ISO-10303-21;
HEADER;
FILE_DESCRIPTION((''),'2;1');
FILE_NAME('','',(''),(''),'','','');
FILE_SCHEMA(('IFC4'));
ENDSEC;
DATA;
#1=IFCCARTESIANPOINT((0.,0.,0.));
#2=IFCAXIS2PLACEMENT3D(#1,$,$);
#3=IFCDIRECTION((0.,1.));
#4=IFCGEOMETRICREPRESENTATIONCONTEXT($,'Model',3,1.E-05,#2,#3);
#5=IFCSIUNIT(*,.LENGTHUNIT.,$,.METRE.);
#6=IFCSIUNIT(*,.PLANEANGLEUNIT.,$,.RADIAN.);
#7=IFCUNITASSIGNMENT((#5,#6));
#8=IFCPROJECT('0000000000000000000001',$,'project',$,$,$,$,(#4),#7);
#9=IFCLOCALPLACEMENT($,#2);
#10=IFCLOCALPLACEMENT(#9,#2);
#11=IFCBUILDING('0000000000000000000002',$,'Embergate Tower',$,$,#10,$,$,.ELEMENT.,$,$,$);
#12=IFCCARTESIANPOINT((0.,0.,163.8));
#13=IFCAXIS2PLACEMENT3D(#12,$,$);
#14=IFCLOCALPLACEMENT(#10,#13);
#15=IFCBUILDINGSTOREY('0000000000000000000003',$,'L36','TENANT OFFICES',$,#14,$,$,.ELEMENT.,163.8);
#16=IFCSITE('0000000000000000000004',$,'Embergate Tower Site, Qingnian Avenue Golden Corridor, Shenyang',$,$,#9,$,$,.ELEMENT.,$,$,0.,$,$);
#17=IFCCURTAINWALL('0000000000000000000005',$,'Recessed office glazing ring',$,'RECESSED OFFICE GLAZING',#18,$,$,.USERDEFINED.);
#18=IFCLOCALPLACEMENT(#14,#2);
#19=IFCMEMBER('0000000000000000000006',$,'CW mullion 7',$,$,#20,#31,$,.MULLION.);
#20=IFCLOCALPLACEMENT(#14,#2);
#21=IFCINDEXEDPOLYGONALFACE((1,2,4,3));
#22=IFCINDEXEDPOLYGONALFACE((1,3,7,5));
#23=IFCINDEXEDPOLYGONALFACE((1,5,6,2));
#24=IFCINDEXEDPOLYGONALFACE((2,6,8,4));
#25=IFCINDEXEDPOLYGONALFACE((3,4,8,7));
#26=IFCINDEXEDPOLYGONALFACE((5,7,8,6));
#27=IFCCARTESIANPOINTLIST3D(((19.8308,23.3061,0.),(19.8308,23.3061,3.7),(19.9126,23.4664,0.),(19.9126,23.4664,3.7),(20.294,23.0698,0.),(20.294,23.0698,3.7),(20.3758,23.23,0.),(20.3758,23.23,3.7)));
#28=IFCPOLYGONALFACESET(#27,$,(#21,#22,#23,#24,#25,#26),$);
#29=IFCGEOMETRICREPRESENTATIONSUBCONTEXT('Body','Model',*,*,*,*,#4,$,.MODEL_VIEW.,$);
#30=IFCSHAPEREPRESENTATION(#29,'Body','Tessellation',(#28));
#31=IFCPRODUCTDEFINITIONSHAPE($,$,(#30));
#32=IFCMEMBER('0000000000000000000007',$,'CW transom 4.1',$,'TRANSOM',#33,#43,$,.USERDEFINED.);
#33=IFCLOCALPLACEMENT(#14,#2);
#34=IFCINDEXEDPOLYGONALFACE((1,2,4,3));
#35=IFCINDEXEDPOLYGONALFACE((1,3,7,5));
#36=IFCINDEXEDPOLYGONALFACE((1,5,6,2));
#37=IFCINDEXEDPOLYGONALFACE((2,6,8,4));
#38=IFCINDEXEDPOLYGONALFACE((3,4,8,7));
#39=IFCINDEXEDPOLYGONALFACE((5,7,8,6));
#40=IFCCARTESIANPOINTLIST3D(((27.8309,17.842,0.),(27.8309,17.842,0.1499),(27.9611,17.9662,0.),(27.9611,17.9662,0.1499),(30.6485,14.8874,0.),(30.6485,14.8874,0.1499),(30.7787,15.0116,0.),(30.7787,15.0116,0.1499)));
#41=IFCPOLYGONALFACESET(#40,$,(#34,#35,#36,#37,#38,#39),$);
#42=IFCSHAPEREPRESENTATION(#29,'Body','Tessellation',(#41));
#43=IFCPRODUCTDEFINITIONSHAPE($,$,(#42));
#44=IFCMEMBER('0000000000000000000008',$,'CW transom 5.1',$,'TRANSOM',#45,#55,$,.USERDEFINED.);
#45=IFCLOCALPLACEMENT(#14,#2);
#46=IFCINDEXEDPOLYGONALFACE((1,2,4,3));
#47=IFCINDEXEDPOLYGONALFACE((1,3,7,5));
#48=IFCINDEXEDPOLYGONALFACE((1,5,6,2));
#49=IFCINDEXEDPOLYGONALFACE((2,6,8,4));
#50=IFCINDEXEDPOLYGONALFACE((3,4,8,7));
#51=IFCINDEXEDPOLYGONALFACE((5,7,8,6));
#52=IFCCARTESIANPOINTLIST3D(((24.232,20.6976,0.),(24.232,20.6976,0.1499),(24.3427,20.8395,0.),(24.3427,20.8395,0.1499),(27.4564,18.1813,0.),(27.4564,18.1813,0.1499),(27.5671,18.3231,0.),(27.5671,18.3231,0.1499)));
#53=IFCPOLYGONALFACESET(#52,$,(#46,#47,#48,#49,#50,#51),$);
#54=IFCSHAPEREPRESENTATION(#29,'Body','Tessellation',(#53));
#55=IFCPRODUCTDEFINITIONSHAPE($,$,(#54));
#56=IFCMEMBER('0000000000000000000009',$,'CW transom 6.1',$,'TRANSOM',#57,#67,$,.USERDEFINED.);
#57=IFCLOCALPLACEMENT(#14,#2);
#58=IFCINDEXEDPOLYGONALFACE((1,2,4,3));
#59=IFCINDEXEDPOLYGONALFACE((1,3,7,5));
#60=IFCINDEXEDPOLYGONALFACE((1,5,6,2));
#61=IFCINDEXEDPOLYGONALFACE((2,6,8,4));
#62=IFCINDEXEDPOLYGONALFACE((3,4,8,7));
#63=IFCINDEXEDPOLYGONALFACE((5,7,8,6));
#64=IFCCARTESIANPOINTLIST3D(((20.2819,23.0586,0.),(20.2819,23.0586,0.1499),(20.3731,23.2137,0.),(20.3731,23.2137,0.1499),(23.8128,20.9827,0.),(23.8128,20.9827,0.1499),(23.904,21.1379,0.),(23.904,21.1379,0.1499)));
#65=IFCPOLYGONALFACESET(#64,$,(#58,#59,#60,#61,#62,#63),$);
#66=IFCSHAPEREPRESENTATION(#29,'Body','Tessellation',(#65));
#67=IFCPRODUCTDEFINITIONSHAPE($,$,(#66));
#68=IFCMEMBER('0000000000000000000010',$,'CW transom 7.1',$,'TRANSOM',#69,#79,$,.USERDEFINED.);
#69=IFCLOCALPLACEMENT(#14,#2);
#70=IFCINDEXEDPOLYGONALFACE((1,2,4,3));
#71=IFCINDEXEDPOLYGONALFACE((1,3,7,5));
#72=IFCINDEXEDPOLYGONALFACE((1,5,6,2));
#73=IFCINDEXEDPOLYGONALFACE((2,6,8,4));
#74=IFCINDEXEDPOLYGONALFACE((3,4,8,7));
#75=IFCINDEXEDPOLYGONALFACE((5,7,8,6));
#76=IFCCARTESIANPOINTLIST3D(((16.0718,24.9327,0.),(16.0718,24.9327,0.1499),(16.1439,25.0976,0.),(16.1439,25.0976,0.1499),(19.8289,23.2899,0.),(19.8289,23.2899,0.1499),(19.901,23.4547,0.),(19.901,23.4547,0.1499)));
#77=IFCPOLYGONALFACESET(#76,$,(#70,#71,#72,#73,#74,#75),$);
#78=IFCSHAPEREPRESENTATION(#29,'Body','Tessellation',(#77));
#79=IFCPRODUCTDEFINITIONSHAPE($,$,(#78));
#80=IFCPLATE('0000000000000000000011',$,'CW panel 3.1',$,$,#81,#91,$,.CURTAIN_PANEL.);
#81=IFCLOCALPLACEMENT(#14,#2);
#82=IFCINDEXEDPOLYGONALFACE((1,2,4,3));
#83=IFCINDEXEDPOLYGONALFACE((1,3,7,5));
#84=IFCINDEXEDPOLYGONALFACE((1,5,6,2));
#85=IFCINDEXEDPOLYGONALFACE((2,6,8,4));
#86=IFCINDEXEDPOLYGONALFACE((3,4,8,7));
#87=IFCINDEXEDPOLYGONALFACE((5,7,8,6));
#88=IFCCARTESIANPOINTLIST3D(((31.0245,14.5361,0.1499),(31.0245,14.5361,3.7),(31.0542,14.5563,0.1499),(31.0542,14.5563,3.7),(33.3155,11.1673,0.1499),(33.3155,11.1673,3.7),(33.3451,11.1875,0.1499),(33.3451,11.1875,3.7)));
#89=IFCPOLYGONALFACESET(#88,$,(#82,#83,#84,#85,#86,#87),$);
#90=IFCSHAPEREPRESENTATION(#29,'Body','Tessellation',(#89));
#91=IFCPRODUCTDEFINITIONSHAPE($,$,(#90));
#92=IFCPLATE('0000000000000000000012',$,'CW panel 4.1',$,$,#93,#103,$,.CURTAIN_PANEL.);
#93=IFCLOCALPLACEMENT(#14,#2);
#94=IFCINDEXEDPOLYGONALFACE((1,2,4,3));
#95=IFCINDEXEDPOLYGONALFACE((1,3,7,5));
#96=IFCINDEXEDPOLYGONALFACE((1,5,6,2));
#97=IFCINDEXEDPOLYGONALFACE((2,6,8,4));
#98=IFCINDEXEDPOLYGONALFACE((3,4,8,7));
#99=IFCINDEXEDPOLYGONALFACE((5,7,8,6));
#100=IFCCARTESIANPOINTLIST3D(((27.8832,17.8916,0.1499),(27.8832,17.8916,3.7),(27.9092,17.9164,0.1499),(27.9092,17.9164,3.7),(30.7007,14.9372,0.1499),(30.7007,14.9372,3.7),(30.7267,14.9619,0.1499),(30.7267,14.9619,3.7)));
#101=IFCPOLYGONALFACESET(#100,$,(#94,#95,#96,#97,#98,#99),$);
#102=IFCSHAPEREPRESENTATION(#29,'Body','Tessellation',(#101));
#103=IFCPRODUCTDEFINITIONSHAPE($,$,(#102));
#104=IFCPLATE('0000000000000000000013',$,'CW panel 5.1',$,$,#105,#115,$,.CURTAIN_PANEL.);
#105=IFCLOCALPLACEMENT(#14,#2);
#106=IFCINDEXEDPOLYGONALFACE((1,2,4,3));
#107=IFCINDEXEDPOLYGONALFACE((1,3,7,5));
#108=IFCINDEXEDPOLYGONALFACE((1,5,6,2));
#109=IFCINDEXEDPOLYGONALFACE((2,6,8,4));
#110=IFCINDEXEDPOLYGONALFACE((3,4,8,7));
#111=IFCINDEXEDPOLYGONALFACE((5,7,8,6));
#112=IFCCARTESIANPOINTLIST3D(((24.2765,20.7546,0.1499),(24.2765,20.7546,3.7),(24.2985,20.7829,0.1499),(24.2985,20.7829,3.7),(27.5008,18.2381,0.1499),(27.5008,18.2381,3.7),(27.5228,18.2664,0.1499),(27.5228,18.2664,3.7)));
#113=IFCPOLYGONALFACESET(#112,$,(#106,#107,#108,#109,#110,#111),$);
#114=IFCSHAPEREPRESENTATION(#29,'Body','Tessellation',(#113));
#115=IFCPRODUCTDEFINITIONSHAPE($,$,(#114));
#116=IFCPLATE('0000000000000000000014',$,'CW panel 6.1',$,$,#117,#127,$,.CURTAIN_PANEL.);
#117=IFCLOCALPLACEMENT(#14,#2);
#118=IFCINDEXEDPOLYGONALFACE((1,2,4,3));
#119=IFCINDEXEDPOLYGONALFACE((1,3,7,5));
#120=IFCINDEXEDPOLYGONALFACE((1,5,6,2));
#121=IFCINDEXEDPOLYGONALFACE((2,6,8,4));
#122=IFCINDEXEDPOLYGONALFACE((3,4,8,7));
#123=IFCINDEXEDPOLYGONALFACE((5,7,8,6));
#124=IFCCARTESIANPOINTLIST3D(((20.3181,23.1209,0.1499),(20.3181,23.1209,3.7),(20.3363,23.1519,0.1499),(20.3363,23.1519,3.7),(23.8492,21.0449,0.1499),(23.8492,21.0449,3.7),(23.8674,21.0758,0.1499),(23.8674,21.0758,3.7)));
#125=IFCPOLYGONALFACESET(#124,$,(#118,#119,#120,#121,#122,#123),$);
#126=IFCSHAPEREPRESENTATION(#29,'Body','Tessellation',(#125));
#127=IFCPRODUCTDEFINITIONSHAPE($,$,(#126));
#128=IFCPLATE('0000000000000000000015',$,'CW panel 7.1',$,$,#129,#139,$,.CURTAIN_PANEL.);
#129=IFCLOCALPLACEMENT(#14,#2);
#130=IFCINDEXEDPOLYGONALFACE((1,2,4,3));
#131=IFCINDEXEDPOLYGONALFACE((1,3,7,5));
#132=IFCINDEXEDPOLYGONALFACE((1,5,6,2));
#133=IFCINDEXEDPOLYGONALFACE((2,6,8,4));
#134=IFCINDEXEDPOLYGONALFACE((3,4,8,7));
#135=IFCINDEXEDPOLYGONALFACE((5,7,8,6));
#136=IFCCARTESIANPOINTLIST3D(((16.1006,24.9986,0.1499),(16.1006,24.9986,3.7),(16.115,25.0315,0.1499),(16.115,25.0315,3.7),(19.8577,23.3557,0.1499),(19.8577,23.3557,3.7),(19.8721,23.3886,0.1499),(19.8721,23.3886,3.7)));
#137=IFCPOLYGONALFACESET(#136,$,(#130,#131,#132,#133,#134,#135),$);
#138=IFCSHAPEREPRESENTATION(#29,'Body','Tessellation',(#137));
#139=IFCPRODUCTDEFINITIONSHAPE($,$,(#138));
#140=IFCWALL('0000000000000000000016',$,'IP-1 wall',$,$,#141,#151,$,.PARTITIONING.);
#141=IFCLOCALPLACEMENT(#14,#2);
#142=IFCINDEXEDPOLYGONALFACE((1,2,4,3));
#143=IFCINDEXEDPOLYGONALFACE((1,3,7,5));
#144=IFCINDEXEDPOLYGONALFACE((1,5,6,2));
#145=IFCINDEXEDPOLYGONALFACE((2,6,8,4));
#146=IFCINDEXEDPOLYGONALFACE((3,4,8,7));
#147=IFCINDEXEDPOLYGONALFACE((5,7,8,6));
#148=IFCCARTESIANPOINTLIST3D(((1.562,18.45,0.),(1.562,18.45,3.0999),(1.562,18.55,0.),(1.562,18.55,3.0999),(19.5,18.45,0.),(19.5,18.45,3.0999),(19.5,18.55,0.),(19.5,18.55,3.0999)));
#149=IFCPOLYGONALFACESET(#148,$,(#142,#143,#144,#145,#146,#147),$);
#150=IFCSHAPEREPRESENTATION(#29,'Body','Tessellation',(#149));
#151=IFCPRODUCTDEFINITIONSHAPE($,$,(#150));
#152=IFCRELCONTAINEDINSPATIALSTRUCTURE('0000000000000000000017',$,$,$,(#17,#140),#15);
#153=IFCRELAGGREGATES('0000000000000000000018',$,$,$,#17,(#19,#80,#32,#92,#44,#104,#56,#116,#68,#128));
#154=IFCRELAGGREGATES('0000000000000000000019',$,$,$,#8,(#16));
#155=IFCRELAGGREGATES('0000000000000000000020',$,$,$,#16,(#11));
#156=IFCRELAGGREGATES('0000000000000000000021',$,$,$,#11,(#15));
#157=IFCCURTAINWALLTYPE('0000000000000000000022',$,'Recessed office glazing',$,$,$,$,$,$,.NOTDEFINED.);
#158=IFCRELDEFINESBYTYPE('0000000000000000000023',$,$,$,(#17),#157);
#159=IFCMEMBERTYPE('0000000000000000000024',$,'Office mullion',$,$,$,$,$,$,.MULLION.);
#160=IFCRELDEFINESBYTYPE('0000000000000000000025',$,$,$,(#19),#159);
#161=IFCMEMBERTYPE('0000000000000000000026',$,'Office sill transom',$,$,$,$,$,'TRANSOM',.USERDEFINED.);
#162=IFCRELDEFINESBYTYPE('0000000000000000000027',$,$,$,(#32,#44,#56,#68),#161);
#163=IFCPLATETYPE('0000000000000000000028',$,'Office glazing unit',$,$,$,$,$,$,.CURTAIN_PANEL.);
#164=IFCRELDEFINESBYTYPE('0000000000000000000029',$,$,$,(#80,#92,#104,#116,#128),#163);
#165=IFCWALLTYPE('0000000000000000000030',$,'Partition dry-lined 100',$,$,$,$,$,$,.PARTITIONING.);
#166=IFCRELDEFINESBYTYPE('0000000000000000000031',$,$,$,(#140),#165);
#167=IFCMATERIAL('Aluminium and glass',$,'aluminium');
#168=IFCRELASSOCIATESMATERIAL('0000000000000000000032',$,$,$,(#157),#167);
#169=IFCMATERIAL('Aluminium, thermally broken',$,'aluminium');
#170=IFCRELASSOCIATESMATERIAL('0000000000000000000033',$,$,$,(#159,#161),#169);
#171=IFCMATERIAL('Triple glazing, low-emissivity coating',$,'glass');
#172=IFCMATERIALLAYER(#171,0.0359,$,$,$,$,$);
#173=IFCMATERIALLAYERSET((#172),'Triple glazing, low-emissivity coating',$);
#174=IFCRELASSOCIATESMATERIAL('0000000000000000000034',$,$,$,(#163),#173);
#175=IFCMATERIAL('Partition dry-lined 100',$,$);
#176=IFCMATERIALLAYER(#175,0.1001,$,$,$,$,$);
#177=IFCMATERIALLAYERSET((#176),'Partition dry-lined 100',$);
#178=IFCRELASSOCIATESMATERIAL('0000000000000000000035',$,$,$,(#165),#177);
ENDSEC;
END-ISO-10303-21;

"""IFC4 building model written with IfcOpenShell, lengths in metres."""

from ifc_helpers import new_model, si_unit, direction, frame, frame_2d, origin, origin_2d, place, context, subcontext, project, spatial, rectangle, extrude, source, transform, mapped, material, layer, layer_set, material_profile, profile_set, type_object, element, aggregate, save


model = new_model("IFC4")

# Units and contexts
model_context = context("Model", 3, precision=1e-05, world=origin(), true_north=direction((0.0, 1.0)))
body_context = subcontext(model_context, "Body", "Model", "MODEL_VIEW")
ifc_project = project(units=[si_unit("LENGTHUNIT", "METRE"), si_unit("PLANEANGLEUNIT", "RADIAN")], contexts=[model_context])

# Site, building, storey
site_placement = place(None, origin())
site = spatial("IfcSite", under=ifc_project, at=site_placement, Name="Embergate Tower Site, Qingnian Avenue Golden Corridor, Shenyang", CompositionType="ELEMENT", RefElevation=0.0)
building_placement = place(site_placement, origin())
building = spatial("IfcBuilding", under=site, at=building_placement, Name="Embergate Tower", CompositionType="ELEMENT")
storey_placement = place(building_placement, frame((0.0, 0.0, 163.8)))
storey = spatial("IfcBuildingStorey", under=building, at=storey_placement, Name="L36", Description="TENANT OFFICES", CompositionType="ELEMENT", Elevation=163.8)

# Curtain wall, members, plates
ifc_material_1 = material(Name="Aluminium and glass", Category="aluminium")
curtain_wall_type = type_object("IfcCurtainWallType", Name="Recessed office glazing", PredefinedType="NOTDEFINED", material=ifc_material_1)
curtain_wall_placement = place(storey_placement, origin())
curtain_wall = element("IfcCurtainWall", 1, at=curtain_wall_placement, inside=storey, type_object=curtain_wall_type, Name="Recessed office glazing ring", ObjectType="RECESSED OFFICE GLAZING", PredefinedType="USERDEFINED")
ifc_material_2 = material(Name="Aluminium, thermally broken", Category="aluminium")
ifc_material_profile_1 = material_profile(ifc_material_2, rectangle(XDim=0.1799, YDim=0.52, at=origin_2d()), Name="AL 520x180")
ifc_profile_set_1 = profile_set([ifc_material_profile_1], Name="Aluminium, thermally broken")
member_type_1 = type_object("IfcMemberType", Name="Office mullion", PredefinedType="MULLION", material=ifc_profile_set_1)
shared_shape_1 = source(origin(), body_context, "Body", "SweptSolid", [
    extrude(rectangle(XDim=0.1799, YDim=0.52, at=origin_2d()), origin(), (0.0, 0.0, 1.0), 3.7),
])
member_1_placement = place(storey_placement, frame((20.1033, 23.2681, 0.0), z_axis=(0.0, 0.0, 1.0), x_axis=(-0.45451, -0.890742, 0.0)))
member_1 = element("IfcMember", 2, at=member_1_placement, type_object=member_type_1, Name="CW mullion 7", PredefinedType="MULLION", context=body_context, shape_type="MappedRepresentation", body=[
    mapped(shared_shape_1, transform((0.0, 0.0, 0.0))),
])
ifc_material_profile_2 = material_profile(ifc_material_2, rectangle(XDim=0.1799, YDim=0.1499, at=origin_2d()), Name="AL 150x180")
ifc_profile_set_2 = profile_set([ifc_material_profile_2], Name="Aluminium, thermally broken")
member_type_2 = type_object("IfcMemberType", Name="Office sill transom", ElementType="TRANSOM", PredefinedType="USERDEFINED", material=ifc_profile_set_2)
shared_shape_2 = source(origin(), body_context, "Body", "SweptSolid", [
    extrude(rectangle(XDim=0.1799, YDim=0.1499, at=origin_2d()), origin(), (0.0, 0.0, 1.0), 4.0828),
])
member_2_placement = place(storey_placement, frame((30.7136, 14.9495, 0.075), z_axis=(-0.690134, 0.723681, 0.0), x_axis=(-0.723681, -0.690134, 0.0)))
member_2 = element("IfcMember", 3, at=member_2_placement, type_object=member_type_2, Name="CW transom 4.1", ObjectType="TRANSOM", PredefinedType="USERDEFINED", context=body_context, shape_type="MappedRepresentation", body=[
    mapped(shared_shape_2, transform((0.0, 0.0, 0.0))),
])
shared_shape_3 = source(origin(), body_context, "Body", "SweptSolid", [
    extrude(rectangle(XDim=0.1799, YDim=0.1499, at=origin_2d()), origin(), (0.0, 0.0, 1.0), 4.0901),
])
member_3_placement = place(storey_placement, frame((27.5117, 18.2522, 0.075), z_axis=(-0.788342, 0.615237, 0.0), x_axis=(-0.615237, -0.788342, 0.0)))
member_3 = element("IfcMember", 4, at=member_3_placement, type_object=member_type_2, Name="CW transom 5.1", ObjectType="TRANSOM", PredefinedType="USERDEFINED", context=body_context, shape_type="MappedRepresentation", body=[
    mapped(shared_shape_3, transform((0.0, 0.0, 0.0))),
])
shared_shape_4 = source(origin(), body_context, "Body", "SweptSolid", [
    extrude(rectangle(XDim=0.1799, YDim=0.1499, at=origin_2d()), origin(), (0.0, 0.0, 1.0), 4.0959),
])
member_4_placement = place(storey_placement, frame((23.8584, 21.0603, 0.075), z_axis=(-0.862055, 0.506814, 0.0), x_axis=(-0.506814, -0.862055, 0.0)))
member_4 = element("IfcMember", 5, at=member_4_placement, type_object=member_type_2, Name="CW transom 6.1", ObjectType="TRANSOM", PredefinedType="USERDEFINED", context=body_context, shape_type="MappedRepresentation", body=[
    mapped(shared_shape_4, transform((0.0, 0.0, 0.0))),
])
shared_shape_5 = source(origin(), body_context, "Body", "SweptSolid", [
    extrude(rectangle(XDim=0.1799, YDim=0.1499, at=origin_2d()), origin(), (0.0, 0.0, 1.0), 4.1006),
])
member_5_placement = place(storey_placement, frame((19.865, 23.3723, 0.075), z_axis=(-0.916238, 0.400635, 0.0), x_axis=(-0.400635, -0.916238, 0.0)))
member_5 = element("IfcMember", 6, at=member_5_placement, type_object=member_type_2, Name="CW transom 7.1", ObjectType="TRANSOM", PredefinedType="USERDEFINED", context=body_context, shape_type="MappedRepresentation", body=[
    mapped(shared_shape_5, transform((0.0, 0.0, 0.0))),
])
ifc_material_3 = material(Name="Triple glazing, low-emissivity coating", Category="glass")
ifc_layer_1 = layer(ifc_material_3, 0.0359)
ifc_layer_set_1 = layer_set([ifc_layer_1], Name="Triple glazing, low-emissivity coating")
plate_type = type_object("IfcPlateType", Name="Office glazing unit", PredefinedType="CURTAIN_PANEL", material=ifc_layer_set_1)
shared_shape_6 = source(origin(), body_context, "Body", "SweptSolid", [
    extrude(rectangle(XDim=4.074, YDim=0.0359, at=origin_2d()), origin(), (0.0, 0.0, 1.0), 3.55),
])
plate_1_placement = place(storey_placement, frame((32.1848, 12.8618, 0.1499), z_axis=(0.0, 0.0, 1.0), x_axis=(-0.562342, 0.826905, 0.0)))
plate_1 = element("IfcPlate", 7, at=plate_1_placement, type_object=plate_type, Name="CW panel 3.1", PredefinedType="CURTAIN_PANEL", context=body_context, shape_type="MappedRepresentation", body=[
    mapped(shared_shape_6, transform((0.0, 0.0, 0.0))),
])
shared_shape_7 = source(origin(), body_context, "Body", "SweptSolid", [
    extrude(rectangle(XDim=4.0825, YDim=0.0359, at=origin_2d()), origin(), (0.0, 0.0, 1.0), 3.55),
])
plate_2_placement = place(storey_placement, frame((29.3049, 16.4268, 0.1499), z_axis=(0.0, 0.0, 1.0), x_axis=(-0.690135, 0.723681, 0.0)))
plate_2 = element("IfcPlate", 8, at=plate_2_placement, type_object=plate_type, Name="CW panel 4.1", PredefinedType="CURTAIN_PANEL", context=body_context, shape_type="MappedRepresentation", body=[
    mapped(shared_shape_7, transform((0.0, 0.0, 0.0))),
])
shared_shape_8 = source(origin(), body_context, "Body", "SweptSolid", [
    extrude(rectangle(XDim=4.0901, YDim=0.0359, at=origin_2d()), origin(), (0.0, 0.0, 1.0), 3.55),
])
plate_3_placement = place(storey_placement, frame((25.8997, 19.5105, 0.1499), z_axis=(0.0, 0.0, 1.0), x_axis=(-0.78832, 0.615265, 0.0)))
plate_3 = element("IfcPlate", 9, at=plate_3_placement, type_object=plate_type, Name="CW panel 5.1", PredefinedType="CURTAIN_PANEL", context=body_context, shape_type="MappedRepresentation", body=[
    mapped(shared_shape_8, transform((0.0, 0.0, 0.0))),
])
shared_shape_9 = source(origin(), body_context, "Body", "SweptSolid", [
    extrude(rectangle(XDim=4.0962, YDim=0.0359, at=origin_2d()), origin(), (0.0, 0.0, 1.0), 3.55),
])
plate_4_placement = place(storey_placement, frame((22.0928, 22.0984, 0.1499), z_axis=(0.0, 0.0, 1.0), x_axis=(-0.862053, 0.506818, 0.0)))
plate_4 = element("IfcPlate", 10, at=plate_4_placement, type_object=plate_type, Name="CW panel 6.1", PredefinedType="CURTAIN_PANEL", context=body_context, shape_type="MappedRepresentation", body=[
    mapped(shared_shape_9, transform((0.0, 0.0, 0.0))),
])
shared_shape_10 = source(origin(), body_context, "Body", "SweptSolid", [
    extrude(rectangle(XDim=4.1006, YDim=0.0359, at=origin_2d()), origin(), (0.0, 0.0, 1.0), 3.55),
])
plate_5_placement = place(storey_placement, frame((17.9863, 24.1936, 0.1499), z_axis=(0.0, 0.0, 1.0), x_axis=(-0.916236, 0.400638, 0.0)))
plate_5 = element("IfcPlate", 11, at=plate_5_placement, type_object=plate_type, Name="CW panel 7.1", PredefinedType="CURTAIN_PANEL", context=body_context, shape_type="MappedRepresentation", body=[
    mapped(shared_shape_10, transform((0.0, 0.0, 0.0))),
])
aggregate(curtain_wall, [member_1, plate_1, member_2, plate_2, member_3, plate_3, member_4, plate_4, member_5, plate_5])

# Wall
ifc_material_4 = material(Name="Partition dry-lined 100")
ifc_layer_2 = layer(ifc_material_4, 0.1001)
ifc_layer_set_2 = layer_set([ifc_layer_2], Name="Partition dry-lined 100")
wall_type = type_object("IfcWallType", Name="Partition dry-lined 100", PredefinedType="PARTITIONING", material=ifc_layer_set_2)
shared_shape_11 = source(origin(), body_context, "Body", "SweptSolid", [
    extrude(rectangle(XDim=17.938, YDim=0.1001, at=frame_2d((8.969, 0.0))), origin(), (0.0, 0.0, 1.0), 3.0999),
])
wall_placement = place(storey_placement, frame((19.5, 18.5, 0.0), z_axis=(0.0, 0.0, 1.0), x_axis=(-1.0, 0.0, 0.0)))
element("IfcWall", 12, at=wall_placement, inside=storey, type_object=wall_type, Name="IP-1 wall", PredefinedType="PARTITIONING", context=body_context, shape_type="MappedRepresentation", body=[
    mapped(shared_shape_11, transform((0.0, 0.0, 0.0))),
])

save(model, "model.ifc")
